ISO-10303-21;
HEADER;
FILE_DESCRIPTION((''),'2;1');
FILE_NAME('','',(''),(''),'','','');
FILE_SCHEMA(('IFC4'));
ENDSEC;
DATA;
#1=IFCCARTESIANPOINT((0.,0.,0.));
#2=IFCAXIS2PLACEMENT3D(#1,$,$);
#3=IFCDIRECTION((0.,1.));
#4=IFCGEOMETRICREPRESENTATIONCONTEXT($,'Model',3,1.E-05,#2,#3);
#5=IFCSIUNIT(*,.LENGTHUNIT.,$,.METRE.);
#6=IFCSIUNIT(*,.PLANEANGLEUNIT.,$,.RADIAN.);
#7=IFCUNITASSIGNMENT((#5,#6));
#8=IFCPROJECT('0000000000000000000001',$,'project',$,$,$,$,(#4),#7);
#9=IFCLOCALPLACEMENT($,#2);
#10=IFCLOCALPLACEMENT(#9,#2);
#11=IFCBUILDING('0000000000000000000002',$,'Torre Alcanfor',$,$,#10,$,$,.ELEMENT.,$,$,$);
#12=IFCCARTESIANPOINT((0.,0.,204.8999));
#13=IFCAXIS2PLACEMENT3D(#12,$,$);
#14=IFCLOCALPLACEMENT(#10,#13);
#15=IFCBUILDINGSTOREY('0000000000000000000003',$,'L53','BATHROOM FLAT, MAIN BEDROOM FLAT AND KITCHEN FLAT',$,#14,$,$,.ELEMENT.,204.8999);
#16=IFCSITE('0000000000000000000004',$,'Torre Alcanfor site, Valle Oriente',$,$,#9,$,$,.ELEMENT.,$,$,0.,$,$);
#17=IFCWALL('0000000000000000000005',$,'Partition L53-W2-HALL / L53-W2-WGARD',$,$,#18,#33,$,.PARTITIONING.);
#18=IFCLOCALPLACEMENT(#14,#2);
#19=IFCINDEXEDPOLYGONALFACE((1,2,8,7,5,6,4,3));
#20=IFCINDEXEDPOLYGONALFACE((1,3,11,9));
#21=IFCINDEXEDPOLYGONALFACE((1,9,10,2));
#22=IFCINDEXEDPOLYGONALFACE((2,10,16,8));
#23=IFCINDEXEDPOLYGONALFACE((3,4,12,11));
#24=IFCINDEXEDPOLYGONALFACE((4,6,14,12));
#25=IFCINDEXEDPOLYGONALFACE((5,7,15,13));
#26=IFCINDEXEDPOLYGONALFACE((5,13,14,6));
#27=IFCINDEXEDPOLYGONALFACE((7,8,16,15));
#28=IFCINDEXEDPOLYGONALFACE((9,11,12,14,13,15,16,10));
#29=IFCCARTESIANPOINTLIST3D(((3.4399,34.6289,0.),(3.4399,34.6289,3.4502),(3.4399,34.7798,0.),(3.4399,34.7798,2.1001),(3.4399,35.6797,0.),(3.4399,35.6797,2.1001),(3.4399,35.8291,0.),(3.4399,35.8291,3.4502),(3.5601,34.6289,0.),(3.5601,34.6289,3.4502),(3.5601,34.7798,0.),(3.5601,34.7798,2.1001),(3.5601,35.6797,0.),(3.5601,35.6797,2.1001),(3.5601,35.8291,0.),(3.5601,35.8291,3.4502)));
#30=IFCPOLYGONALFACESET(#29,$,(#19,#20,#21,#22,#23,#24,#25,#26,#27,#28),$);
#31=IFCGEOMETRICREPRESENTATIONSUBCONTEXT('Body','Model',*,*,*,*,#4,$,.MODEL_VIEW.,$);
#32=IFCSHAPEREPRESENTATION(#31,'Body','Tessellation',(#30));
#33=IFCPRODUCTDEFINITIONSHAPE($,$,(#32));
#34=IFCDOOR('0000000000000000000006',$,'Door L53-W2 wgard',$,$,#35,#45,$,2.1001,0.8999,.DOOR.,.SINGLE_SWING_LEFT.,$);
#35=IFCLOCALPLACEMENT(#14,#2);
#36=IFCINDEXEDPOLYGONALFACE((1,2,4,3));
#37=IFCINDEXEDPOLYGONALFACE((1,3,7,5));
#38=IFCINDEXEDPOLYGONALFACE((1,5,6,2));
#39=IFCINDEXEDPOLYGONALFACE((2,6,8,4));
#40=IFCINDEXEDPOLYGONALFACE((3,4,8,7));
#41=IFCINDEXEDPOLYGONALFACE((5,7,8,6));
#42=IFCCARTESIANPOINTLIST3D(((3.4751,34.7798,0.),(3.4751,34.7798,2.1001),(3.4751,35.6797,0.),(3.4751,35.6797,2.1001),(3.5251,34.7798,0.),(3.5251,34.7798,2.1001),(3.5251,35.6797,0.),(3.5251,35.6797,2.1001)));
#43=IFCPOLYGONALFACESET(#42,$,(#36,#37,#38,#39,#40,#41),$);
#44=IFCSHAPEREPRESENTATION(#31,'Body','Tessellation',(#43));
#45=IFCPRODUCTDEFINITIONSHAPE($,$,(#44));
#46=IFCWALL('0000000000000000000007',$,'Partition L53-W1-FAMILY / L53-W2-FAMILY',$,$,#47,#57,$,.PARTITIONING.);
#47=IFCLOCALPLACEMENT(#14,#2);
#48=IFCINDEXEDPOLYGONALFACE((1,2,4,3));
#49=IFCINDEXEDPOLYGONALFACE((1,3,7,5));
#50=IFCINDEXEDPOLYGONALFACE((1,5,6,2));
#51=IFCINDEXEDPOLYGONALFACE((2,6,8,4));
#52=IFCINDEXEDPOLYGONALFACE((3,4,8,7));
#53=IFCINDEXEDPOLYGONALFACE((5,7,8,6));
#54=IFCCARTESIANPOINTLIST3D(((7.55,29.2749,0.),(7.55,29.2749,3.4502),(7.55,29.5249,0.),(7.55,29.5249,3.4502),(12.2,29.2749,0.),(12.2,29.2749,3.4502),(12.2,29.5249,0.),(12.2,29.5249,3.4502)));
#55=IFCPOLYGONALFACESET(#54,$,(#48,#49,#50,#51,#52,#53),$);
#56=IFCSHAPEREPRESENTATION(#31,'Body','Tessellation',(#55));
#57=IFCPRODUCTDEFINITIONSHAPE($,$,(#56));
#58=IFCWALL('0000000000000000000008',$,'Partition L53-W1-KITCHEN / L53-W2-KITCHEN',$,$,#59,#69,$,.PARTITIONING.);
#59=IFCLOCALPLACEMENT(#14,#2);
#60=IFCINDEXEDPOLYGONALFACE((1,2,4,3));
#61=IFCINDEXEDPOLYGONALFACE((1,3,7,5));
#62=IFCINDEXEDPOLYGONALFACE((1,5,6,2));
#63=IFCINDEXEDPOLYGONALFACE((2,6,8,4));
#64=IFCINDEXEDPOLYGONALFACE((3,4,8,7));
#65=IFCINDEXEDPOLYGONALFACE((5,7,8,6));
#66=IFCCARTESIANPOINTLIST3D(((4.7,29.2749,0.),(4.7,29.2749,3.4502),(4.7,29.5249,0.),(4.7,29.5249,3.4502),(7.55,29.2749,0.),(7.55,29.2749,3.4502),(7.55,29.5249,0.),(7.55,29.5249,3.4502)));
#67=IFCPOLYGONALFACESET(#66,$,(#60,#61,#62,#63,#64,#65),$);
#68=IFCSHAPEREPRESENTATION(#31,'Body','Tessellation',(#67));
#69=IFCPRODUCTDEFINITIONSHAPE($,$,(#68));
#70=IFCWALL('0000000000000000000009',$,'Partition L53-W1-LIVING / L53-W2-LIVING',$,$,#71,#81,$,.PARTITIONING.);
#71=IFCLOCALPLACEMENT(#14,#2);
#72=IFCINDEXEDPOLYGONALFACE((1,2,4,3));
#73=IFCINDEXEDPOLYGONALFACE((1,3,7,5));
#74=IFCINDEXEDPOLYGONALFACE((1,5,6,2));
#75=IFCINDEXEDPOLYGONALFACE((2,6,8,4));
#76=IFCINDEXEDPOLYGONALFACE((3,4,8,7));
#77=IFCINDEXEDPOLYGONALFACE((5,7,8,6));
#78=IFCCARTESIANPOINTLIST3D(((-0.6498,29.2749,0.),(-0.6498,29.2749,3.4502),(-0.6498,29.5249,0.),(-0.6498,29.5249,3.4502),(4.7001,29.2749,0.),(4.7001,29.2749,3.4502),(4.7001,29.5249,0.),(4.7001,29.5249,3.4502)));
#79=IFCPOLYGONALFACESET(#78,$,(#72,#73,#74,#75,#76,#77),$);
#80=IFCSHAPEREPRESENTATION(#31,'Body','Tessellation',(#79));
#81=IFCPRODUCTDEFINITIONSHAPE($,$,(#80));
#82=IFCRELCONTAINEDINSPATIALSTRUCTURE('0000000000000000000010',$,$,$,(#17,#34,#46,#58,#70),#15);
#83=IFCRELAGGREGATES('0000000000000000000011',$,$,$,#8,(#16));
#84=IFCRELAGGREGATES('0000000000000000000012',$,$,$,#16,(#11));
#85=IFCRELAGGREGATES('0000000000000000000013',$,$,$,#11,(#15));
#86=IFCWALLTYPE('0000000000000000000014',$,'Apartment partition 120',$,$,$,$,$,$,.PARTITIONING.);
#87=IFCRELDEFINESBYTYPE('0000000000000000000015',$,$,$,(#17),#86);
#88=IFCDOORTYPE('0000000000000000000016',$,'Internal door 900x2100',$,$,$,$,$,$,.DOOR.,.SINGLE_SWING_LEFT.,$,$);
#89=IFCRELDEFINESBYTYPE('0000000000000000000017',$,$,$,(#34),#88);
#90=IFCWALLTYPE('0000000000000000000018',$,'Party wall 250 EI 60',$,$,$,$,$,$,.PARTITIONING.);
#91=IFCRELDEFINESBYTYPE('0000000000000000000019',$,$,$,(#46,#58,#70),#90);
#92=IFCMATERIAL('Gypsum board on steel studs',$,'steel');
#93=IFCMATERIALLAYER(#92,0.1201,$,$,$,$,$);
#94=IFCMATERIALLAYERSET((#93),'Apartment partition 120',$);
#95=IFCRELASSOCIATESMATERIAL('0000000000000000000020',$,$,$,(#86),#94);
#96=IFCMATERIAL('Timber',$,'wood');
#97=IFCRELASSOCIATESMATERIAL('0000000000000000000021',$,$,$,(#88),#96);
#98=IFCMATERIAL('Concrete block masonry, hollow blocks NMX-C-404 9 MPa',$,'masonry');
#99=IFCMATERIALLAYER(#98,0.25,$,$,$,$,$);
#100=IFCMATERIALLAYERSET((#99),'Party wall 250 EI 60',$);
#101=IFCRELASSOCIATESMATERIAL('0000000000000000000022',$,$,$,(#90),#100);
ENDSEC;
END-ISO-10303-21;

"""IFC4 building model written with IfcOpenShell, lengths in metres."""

from ifc_helpers import new_model, si_unit, direction, frame, frame_2d, origin, place, context, subcontext, project, spatial, rectangle, extrude, material, layer, layer_set, type_object, element, fill, save


model = new_model("IFC4")

# Units and contexts
model_context = context("Model", 3, precision=1e-05, world=origin(), true_north=direction((0.0, 1.0)))
body_context = subcontext(model_context, "Body", "Model", "MODEL_VIEW")
ifc_project = project(units=[si_unit("LENGTHUNIT", "METRE"), si_unit("PLANEANGLEUNIT", "RADIAN")], contexts=[model_context])

# Site, building, storey
site_placement = place(None, origin())
site = spatial("IfcSite", under=ifc_project, at=site_placement, Name="Torre Alcanfor site, Valle Oriente", CompositionType="ELEMENT", RefElevation=0.0)
building_placement = place(site_placement, origin())
building = spatial("IfcBuilding", under=site, at=building_placement, Name="Torre Alcanfor", CompositionType="ELEMENT")
storey_placement = place(building_placement, frame((0.0, 0.0, 204.8999)))
storey = spatial("IfcBuildingStorey", under=building, at=storey_placement, Name="L53", Description="BATHROOM FLAT, MAIN BEDROOM FLAT AND KITCHEN FLAT", CompositionType="ELEMENT", Elevation=204.8999)

# Shared definitions
ifc_material_1 = material(Name="Gypsum board on steel studs", Category="steel")
ifc_layer_1 = layer(ifc_material_1, 0.1201)
ifc_layer_set_1 = layer_set([ifc_layer_1], Name="Apartment partition 120")
wall_type_1 = type_object("IfcWallType", Name="Apartment partition 120", PredefinedType="PARTITIONING", material=ifc_layer_set_1)

# Shared definitions
ifc_material_2 = material(Name="Timber", Category="wood")
door_type = type_object("IfcDoorType", Name="Internal door 900x2100", OperationType="SINGLE_SWING_LEFT", PredefinedType="DOOR", material=ifc_material_2)

# Wall, opening, door
wall_1_placement = place(storey_placement, frame((3.5, 34.6289, 0.0), z_axis=(0.0, 0.0, 1.0), x_axis=(0.0, 1.0, 0.0)))
wall_1 = element("IfcWall", 1, at=wall_1_placement, inside=storey, type_object=wall_type_1, Name="Partition L53-W2-HALL / L53-W2-WGARD", PredefinedType="PARTITIONING", context=body_context, shape_type="SweptSolid", body=[
    extrude(rectangle(XDim=1.2002, YDim=0.1201, at=frame_2d((0.6001, 0.0))), origin(), (0.0, 0.0, 1.0), 3.4502),
])
opening_1_placement = place(wall_1_placement, frame((0.1509, 0.0, 0.0)))
opening_1 = element("IfcOpeningElement", 2, at=opening_1_placement, cuts=wall_1, PredefinedType="OPENING", context=body_context, shape_type="SweptSolid", body=[
    extrude(rectangle(XDim=0.8999, YDim=2.1001, at=frame_2d((0.45, 1.05))), frame((0.0, 0.0701, 0.0), z_axis=(0.0, -1.0, 0.0), x_axis=(1.0, 0.0, 0.0)), (0.0, 0.0, 1.0), 0.1401),
])
door_1_placement = place(opening_1_placement, origin())
door_1 = element("IfcDoor", 3, at=door_1_placement, inside=storey, type_object=door_type, Name="Door L53-W2 wgard", OperationType="SINGLE_SWING_LEFT", OverallHeight=2.1001, OverallWidth=0.8999, PredefinedType="DOOR", context=body_context, shape_type="SweptSolid", body=[
    extrude(rectangle(XDim=0.8999, YDim=2.1001, at=frame_2d((0.45, 1.05))), frame((0.0, 0.0249, 0.0), z_axis=(0.0, -1.0, 0.0), x_axis=(1.0, 0.0, 0.0)), (0.0, 0.0, 1.0), 0.05),
])
fill(opening_1, door_1)

# Walls
ifc_material_3 = material(Name="Concrete block masonry, hollow blocks NMX-C-404 9 MPa", Category="masonry")
ifc_layer_2 = layer(ifc_material_3, 0.25)
ifc_layer_set_2 = layer_set([ifc_layer_2], Name="Party wall 250 EI 60")
wall_type_2 = type_object("IfcWallType", Name="Party wall 250 EI 60", PredefinedType="PARTITIONING", material=ifc_layer_set_2)
wall_2_placement = place(storey_placement, frame((12.2, 29.3999, 0.0), z_axis=(0.0, 0.0, 1.0), x_axis=(-1.0, 0.0, 0.0)))
element("IfcWall", 4, at=wall_2_placement, inside=storey, type_object=wall_type_2, Name="Partition L53-W1-FAMILY / L53-W2-FAMILY", PredefinedType="PARTITIONING", context=body_context, shape_type="SweptSolid", body=[
    extrude(rectangle(XDim=4.6499, YDim=0.25, at=frame_2d((2.325, 0.0))), origin(), (0.0, 0.0, 1.0), 3.4502),
])
wall_3_placement = place(storey_placement, frame((7.55, 29.3999, 0.0), z_axis=(0.0, 0.0, 1.0), x_axis=(-1.0, 0.0, 0.0)))
element("IfcWall", 5, at=wall_3_placement, inside=storey, type_object=wall_type_2, Name="Partition L53-W1-KITCHEN / L53-W2-KITCHEN", PredefinedType="PARTITIONING", context=body_context, shape_type="SweptSolid", body=[
    extrude(rectangle(XDim=2.8501, YDim=0.25, at=frame_2d((1.425, 0.0))), origin(), (0.0, 0.0, 1.0), 3.4502),
])
wall_4_placement = place(storey_placement, frame((4.7, 29.3999, 0.0), z_axis=(0.0, 0.0, 1.0), x_axis=(-1.0, 0.0, 0.0)))
element("IfcWall", 6, at=wall_4_placement, inside=storey, type_object=wall_type_2, Name="Partition L53-W1-LIVING / L53-W2-LIVING", PredefinedType="PARTITIONING", context=body_context, shape_type="SweptSolid", body=[
    extrude(rectangle(XDim=5.3499, YDim=0.25, at=frame_2d((2.6748, 0.0))), origin(), (0.0, 0.0, 1.0), 3.4502),
])

save(model, "model.ifc")
